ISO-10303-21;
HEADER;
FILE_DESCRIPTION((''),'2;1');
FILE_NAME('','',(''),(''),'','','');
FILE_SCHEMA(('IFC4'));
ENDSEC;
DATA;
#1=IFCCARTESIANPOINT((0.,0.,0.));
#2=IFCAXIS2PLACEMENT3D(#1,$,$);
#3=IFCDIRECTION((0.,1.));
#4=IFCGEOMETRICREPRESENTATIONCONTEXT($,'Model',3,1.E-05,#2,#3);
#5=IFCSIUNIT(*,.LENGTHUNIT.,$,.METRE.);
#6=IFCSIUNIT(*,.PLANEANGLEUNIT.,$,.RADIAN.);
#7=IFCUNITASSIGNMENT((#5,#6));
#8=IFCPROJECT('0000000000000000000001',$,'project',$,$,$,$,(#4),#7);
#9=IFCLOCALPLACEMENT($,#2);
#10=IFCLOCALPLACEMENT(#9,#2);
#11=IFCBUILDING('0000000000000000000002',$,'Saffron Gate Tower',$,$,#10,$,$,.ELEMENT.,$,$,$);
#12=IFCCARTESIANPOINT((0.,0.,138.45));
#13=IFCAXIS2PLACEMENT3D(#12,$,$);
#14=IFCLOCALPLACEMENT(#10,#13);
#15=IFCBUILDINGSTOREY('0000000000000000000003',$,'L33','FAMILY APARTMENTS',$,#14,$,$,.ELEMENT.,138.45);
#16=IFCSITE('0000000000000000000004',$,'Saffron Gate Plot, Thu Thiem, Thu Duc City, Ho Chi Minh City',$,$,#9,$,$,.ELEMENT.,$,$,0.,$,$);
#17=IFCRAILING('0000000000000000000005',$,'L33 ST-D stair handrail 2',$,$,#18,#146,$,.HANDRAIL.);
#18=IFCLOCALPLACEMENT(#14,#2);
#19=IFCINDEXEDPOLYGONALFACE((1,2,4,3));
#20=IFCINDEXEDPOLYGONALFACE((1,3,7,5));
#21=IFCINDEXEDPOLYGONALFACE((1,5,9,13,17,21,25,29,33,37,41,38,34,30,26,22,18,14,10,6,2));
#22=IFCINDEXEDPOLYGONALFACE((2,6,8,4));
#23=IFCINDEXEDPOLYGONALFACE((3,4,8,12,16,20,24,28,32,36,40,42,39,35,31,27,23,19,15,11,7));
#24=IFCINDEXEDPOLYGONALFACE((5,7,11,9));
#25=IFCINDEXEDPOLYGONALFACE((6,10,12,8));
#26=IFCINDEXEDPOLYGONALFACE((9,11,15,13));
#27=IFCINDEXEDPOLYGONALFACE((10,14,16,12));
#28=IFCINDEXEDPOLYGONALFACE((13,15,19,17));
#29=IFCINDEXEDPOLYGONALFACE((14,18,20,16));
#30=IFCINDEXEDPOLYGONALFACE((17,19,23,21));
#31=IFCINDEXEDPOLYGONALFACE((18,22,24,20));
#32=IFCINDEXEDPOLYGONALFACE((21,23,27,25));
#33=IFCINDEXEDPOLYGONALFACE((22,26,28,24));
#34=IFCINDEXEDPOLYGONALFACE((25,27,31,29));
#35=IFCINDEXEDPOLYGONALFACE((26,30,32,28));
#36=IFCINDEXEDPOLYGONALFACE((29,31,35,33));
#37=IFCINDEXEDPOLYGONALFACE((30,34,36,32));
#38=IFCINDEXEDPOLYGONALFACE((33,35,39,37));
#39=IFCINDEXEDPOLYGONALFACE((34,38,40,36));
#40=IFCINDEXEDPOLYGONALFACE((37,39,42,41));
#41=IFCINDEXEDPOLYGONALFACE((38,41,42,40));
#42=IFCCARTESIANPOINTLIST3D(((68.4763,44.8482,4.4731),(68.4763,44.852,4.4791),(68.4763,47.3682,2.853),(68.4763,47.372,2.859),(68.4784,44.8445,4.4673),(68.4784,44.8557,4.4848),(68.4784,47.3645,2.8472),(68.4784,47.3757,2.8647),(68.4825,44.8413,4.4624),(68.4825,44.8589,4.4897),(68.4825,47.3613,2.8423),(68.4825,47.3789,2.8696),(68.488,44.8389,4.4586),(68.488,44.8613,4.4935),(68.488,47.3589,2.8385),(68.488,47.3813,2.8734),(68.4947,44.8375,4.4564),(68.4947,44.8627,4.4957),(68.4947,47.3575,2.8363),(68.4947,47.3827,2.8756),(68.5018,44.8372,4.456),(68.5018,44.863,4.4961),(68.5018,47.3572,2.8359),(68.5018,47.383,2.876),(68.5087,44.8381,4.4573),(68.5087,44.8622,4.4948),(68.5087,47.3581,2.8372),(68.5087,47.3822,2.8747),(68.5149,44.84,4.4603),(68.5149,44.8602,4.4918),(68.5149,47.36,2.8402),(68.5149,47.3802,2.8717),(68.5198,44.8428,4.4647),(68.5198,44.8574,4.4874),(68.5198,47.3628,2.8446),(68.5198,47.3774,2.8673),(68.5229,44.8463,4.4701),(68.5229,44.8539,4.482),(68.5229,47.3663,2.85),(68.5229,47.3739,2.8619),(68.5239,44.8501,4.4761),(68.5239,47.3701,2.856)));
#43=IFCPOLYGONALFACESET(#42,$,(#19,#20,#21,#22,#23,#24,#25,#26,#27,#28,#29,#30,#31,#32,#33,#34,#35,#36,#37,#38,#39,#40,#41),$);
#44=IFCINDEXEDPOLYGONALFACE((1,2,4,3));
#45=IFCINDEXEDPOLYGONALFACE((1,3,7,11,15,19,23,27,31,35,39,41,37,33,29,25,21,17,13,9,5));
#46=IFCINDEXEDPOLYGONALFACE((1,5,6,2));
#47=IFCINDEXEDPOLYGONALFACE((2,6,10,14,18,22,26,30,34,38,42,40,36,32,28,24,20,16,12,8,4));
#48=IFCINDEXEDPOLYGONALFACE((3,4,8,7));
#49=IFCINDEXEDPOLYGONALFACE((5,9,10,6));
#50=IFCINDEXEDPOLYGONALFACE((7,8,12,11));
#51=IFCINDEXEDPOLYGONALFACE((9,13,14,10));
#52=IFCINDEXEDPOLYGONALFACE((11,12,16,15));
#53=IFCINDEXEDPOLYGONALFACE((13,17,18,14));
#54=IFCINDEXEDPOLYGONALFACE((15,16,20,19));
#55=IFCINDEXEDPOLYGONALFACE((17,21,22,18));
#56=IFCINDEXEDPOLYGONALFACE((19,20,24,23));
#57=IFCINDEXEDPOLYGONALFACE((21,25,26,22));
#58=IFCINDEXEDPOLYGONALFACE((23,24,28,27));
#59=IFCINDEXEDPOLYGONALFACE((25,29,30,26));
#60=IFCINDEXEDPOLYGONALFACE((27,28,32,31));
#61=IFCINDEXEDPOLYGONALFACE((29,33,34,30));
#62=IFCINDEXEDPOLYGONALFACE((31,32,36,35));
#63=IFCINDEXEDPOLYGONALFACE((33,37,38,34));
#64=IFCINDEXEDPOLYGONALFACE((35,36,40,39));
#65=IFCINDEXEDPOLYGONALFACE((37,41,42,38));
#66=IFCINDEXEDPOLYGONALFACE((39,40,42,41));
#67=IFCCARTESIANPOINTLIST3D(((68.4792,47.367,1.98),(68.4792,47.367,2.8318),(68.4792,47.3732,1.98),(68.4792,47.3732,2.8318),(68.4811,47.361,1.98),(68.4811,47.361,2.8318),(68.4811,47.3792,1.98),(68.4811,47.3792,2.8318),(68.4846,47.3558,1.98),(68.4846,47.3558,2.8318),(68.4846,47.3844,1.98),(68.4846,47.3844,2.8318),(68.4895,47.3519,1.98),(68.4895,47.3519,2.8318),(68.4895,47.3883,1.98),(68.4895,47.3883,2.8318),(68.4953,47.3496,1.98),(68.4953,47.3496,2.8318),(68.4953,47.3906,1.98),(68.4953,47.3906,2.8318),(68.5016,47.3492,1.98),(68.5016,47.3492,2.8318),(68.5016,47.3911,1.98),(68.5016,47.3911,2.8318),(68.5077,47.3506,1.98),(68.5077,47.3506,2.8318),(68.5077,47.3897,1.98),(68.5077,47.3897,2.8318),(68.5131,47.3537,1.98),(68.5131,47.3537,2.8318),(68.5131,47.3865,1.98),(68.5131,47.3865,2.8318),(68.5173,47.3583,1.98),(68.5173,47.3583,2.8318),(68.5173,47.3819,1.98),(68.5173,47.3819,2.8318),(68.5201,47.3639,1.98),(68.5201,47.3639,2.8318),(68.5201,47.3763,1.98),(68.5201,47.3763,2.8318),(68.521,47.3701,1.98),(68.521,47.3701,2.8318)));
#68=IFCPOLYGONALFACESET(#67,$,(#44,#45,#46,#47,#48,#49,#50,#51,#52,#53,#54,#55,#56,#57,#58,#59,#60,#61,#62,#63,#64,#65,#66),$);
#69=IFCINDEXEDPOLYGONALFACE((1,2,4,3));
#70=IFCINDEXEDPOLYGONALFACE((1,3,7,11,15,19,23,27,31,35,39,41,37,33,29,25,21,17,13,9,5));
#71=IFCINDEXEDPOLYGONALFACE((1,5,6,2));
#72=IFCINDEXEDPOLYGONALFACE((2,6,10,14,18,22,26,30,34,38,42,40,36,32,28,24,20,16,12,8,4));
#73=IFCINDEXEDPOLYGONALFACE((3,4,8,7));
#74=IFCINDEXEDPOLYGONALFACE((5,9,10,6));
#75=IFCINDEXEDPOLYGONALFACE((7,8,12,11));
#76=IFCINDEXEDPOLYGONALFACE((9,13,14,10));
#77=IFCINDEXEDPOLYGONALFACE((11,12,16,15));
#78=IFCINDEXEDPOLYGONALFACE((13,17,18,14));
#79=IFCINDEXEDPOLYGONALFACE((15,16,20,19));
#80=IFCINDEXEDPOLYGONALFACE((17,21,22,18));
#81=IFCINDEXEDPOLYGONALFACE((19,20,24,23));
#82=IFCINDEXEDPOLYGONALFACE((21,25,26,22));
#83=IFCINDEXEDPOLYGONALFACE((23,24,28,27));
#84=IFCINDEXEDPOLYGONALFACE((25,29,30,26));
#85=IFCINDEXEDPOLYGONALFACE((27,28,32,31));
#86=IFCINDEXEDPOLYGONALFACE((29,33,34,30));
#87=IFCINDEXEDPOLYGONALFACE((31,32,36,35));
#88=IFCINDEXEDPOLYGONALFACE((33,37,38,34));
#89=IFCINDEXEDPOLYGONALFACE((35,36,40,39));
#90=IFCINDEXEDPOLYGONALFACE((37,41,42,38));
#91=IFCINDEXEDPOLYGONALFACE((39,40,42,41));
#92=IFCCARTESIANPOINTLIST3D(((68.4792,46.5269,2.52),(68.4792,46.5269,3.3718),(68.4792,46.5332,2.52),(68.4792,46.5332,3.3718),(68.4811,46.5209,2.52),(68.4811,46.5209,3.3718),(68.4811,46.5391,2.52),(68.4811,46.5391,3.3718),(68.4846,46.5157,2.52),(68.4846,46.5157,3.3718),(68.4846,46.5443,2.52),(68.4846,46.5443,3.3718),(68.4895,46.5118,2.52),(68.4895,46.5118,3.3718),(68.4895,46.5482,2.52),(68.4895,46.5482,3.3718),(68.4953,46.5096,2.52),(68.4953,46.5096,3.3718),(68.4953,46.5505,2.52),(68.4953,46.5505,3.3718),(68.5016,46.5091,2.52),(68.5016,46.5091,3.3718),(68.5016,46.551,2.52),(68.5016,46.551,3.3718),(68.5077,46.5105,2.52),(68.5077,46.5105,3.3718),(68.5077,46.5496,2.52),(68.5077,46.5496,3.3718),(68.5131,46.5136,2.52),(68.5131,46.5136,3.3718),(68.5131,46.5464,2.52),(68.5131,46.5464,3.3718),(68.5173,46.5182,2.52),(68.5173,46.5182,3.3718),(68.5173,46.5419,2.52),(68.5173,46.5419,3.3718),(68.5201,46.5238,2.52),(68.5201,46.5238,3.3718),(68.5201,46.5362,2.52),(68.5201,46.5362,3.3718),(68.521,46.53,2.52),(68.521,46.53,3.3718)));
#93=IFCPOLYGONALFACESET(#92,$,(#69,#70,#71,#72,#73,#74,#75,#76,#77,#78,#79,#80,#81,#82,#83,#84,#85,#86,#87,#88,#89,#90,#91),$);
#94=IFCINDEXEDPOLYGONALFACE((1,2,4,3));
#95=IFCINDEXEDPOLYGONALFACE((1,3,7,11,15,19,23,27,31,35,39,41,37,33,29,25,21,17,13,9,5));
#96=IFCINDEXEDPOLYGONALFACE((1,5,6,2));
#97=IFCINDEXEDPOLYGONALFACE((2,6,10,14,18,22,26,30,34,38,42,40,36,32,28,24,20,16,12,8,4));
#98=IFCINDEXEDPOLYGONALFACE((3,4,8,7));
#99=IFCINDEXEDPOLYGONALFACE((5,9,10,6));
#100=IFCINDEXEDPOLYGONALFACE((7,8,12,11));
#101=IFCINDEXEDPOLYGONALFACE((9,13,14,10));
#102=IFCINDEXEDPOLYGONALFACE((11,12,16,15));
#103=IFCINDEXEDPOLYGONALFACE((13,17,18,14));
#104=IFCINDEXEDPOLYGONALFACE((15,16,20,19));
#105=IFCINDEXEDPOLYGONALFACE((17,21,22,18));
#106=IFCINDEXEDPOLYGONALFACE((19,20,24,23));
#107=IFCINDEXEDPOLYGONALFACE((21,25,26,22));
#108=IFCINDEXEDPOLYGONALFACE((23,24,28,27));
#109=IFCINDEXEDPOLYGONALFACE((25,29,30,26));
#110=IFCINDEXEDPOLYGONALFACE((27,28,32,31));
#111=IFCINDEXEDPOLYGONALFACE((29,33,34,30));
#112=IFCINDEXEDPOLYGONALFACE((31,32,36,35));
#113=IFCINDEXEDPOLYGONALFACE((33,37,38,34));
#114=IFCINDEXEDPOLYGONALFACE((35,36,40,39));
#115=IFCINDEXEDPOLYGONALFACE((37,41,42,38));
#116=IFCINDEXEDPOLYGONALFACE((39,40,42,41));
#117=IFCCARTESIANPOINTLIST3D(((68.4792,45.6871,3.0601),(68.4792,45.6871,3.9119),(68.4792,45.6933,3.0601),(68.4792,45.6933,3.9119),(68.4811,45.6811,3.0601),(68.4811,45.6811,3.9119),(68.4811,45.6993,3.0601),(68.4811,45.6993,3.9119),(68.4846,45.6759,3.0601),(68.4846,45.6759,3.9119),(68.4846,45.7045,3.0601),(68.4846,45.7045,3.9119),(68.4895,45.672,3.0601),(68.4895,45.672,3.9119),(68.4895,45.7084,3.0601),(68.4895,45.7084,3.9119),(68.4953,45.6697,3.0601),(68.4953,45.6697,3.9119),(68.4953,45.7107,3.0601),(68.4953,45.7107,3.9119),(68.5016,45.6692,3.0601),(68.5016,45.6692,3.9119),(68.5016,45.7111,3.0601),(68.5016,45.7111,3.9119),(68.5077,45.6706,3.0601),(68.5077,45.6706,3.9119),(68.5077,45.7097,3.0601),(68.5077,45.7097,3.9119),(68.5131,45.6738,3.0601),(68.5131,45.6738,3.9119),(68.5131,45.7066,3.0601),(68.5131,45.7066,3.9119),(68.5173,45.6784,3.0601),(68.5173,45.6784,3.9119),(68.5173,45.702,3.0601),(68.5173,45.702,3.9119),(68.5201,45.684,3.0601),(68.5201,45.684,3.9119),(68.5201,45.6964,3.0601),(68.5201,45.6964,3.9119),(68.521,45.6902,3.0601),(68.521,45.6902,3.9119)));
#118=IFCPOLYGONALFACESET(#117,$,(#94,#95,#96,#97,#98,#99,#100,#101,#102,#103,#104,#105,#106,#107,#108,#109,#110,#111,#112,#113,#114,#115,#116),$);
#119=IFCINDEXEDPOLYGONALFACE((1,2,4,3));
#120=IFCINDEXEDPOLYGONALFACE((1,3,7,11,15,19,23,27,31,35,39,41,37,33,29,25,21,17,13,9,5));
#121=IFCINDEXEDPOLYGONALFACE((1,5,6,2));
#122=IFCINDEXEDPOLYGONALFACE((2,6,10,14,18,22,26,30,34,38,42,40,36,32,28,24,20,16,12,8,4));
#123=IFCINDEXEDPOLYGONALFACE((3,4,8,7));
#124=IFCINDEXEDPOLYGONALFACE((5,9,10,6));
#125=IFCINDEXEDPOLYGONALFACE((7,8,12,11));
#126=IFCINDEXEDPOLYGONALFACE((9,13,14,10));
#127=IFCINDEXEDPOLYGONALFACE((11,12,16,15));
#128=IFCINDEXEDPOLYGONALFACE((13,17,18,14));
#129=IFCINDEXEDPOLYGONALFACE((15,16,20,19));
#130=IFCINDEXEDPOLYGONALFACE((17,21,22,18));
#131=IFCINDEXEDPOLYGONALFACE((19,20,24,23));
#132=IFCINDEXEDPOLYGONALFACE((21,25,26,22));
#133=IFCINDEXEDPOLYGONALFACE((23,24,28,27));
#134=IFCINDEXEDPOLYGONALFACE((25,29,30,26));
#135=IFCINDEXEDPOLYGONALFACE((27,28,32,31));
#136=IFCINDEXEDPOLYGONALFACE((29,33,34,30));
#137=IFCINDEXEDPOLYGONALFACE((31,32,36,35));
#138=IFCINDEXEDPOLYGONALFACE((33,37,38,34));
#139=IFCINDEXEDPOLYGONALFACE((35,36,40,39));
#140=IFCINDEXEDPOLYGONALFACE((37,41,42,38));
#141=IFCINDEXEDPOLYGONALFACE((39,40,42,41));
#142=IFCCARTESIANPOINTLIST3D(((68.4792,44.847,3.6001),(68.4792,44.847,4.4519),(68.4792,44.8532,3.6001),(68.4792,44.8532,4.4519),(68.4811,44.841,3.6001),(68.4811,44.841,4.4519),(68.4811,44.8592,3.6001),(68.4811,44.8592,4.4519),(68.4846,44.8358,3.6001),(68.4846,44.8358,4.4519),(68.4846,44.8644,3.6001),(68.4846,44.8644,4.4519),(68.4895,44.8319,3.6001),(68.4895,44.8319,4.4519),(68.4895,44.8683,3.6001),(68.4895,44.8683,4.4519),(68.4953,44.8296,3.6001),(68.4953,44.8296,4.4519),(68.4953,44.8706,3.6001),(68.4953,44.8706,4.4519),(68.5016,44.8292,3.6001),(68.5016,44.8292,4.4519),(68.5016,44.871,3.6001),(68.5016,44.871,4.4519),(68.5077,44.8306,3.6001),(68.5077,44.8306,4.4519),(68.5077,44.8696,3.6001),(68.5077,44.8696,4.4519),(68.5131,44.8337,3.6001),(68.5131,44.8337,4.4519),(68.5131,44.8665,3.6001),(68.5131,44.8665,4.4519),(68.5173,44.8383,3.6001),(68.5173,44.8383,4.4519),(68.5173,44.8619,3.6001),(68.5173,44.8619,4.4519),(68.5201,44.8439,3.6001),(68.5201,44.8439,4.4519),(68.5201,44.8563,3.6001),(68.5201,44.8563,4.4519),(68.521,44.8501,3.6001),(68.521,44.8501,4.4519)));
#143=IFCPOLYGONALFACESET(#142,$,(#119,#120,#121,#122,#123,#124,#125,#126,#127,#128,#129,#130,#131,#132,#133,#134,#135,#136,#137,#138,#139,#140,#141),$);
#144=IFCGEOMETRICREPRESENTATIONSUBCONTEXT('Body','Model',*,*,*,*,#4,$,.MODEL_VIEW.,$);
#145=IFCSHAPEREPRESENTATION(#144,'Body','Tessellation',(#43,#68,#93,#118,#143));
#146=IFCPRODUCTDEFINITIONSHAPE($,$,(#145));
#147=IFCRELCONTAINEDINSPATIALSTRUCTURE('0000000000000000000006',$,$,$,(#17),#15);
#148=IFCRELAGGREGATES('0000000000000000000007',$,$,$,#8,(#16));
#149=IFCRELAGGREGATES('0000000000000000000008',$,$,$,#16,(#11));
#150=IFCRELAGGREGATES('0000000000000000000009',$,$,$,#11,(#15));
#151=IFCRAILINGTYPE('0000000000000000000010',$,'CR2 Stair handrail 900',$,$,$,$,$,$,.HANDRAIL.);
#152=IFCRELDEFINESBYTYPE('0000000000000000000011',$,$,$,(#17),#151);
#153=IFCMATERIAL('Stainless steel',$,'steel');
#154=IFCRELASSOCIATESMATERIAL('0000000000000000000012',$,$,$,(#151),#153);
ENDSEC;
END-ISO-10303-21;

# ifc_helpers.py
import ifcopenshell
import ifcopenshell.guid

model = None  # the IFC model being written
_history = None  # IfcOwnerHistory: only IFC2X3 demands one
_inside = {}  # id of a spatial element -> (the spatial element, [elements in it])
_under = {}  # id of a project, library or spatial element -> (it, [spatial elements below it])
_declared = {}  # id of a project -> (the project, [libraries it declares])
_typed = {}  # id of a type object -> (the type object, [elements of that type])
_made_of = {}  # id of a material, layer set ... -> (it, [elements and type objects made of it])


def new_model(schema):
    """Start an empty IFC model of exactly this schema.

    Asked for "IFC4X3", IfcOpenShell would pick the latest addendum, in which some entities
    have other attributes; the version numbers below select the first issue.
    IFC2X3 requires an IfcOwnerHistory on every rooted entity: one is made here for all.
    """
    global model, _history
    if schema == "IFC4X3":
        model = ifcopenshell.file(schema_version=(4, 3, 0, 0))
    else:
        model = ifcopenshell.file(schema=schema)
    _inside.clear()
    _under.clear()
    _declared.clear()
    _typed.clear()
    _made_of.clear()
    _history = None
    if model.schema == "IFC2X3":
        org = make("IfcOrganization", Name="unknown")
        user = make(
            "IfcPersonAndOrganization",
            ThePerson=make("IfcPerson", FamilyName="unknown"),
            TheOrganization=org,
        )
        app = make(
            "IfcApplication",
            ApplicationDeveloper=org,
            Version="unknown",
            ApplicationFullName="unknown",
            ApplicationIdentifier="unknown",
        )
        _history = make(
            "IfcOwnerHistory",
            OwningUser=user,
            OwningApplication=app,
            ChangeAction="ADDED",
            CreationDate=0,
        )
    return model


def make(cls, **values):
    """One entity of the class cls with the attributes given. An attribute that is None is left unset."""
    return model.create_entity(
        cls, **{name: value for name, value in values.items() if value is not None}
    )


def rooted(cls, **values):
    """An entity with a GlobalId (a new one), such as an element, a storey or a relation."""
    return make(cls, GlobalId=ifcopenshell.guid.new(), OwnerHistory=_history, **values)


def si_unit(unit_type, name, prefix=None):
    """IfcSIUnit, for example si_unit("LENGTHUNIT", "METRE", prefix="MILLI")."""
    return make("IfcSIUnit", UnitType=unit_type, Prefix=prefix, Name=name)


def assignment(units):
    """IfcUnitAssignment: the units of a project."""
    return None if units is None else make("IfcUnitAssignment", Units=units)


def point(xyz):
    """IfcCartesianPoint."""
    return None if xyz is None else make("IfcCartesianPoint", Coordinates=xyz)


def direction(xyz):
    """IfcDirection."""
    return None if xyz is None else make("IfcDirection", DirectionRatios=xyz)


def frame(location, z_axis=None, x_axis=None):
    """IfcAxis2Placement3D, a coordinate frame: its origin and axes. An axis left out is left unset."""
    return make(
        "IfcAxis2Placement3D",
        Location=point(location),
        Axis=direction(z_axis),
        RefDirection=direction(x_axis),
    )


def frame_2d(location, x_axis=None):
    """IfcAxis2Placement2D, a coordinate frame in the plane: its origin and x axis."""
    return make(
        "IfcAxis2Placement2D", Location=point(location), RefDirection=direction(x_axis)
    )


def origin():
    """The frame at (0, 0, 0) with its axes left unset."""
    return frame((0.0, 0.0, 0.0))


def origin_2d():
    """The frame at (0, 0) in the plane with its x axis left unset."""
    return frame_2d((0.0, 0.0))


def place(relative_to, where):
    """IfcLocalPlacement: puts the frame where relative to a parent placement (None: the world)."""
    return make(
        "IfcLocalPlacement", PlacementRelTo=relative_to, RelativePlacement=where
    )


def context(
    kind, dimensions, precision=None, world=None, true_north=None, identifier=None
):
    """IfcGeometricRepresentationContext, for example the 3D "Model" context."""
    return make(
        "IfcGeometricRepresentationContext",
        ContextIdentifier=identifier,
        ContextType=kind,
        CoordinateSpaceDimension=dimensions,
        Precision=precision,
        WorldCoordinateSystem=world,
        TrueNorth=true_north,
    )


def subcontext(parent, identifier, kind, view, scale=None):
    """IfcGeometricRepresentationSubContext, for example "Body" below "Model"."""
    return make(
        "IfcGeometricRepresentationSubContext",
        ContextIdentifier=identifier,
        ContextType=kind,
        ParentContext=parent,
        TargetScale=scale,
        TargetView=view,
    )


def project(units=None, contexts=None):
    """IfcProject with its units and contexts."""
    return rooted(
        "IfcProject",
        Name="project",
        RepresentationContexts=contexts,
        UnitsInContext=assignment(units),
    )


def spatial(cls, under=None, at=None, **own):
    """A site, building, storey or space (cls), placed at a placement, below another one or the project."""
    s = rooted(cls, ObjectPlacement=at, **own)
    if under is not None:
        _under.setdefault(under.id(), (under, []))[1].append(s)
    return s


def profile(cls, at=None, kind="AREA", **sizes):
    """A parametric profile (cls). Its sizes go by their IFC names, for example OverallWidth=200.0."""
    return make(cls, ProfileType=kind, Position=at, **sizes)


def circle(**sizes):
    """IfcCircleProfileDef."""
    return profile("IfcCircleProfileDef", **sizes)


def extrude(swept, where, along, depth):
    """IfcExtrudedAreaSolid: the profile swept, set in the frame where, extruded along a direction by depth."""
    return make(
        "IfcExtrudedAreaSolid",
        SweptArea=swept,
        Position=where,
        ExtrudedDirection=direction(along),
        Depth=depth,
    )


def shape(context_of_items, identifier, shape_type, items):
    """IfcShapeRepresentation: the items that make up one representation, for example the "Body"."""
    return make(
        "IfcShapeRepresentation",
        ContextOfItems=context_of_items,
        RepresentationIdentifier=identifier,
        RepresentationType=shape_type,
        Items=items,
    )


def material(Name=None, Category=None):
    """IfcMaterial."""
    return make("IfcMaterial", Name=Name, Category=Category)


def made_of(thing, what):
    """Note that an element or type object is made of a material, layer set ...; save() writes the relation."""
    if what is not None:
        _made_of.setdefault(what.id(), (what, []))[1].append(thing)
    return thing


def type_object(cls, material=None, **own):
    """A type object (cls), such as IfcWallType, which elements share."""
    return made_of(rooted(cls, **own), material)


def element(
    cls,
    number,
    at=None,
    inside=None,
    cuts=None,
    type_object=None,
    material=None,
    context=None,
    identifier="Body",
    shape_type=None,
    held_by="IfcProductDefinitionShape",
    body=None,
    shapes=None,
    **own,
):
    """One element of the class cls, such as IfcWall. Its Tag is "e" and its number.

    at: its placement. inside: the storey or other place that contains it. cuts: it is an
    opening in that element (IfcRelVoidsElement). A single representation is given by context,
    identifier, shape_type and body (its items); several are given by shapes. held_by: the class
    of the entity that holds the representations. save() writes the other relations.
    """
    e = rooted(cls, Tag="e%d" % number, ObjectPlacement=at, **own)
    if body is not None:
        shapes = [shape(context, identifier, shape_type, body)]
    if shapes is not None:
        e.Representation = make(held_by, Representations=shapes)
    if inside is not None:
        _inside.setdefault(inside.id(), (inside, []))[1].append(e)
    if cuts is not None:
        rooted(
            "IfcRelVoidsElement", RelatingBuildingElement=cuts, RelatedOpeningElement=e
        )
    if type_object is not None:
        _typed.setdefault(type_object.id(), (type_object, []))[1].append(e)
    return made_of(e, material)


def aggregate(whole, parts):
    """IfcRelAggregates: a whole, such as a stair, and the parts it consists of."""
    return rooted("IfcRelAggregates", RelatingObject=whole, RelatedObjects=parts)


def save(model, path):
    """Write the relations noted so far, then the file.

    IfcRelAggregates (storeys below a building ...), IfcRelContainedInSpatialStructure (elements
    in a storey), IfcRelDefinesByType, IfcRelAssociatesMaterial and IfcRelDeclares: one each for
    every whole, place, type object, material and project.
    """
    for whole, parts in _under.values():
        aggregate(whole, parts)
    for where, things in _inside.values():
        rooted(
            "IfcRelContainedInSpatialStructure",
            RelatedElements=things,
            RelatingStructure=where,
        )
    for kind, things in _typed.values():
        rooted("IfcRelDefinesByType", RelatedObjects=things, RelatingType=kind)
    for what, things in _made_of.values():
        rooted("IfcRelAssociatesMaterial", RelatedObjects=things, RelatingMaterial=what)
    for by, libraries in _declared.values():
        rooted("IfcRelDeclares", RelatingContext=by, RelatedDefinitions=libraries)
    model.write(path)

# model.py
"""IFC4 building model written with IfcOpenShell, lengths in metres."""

from ifc_helpers import new_model, si_unit, direction, frame, origin, origin_2d, place, context, subcontext, project, spatial, circle, extrude, material, type_object, element, save


model = new_model("IFC4")

# Units and contexts
model_context = context("Model", 3, precision=1e-05, world=origin(), true_north=direction((0.0, 1.0)))
body_context = subcontext(model_context, "Body", "Model", "MODEL_VIEW")
ifc_project = project(units=[si_unit("LENGTHUNIT", "METRE"), si_unit("PLANEANGLEUNIT", "RADIAN")], contexts=[model_context])

# Site, building, storey
site_placement = place(None, origin())
site = spatial("IfcSite", under=ifc_project, at=site_placement, Name="Saffron Gate Plot, Thu Thiem, Thu Duc City, Ho Chi Minh City", CompositionType="ELEMENT", RefElevation=0.0)
building_placement = place(site_placement, origin())
building = spatial("IfcBuilding", under=site, at=building_placement, Name="Saffron Gate Tower", CompositionType="ELEMENT")
storey_placement = place(building_placement, frame((0.0, 0.0, 138.45)))
storey = spatial("IfcBuildingStorey", under=building, at=storey_placement, Name="L33", Description="FAMILY APARTMENTS", CompositionType="ELEMENT", Elevation=138.45)

# Railing
ifc_material_1 = material(Name="Stainless steel", Category="steel")
railing_type_1 = type_object("IfcRailingType", Name="CR2 Stair handrail 900", PredefinedType="HANDRAIL", material=ifc_material_1)
railing_1_placement = place(storey_placement, frame((68.5, 47.3701, 1.98)))
element("IfcRailing", 1, at=railing_1_placement, inside=storey, type_object=railing_type_1, Name="L33 ST-D stair handrail 2", PredefinedType="HANDRAIL", context=body_context, shape_type="SweptSolid", body=[
    extrude(circle(Radius=0.0239, at=origin_2d()), frame((0.0, 0.0, 0.876), z_axis=(0.0, -0.841163, 0.540782), x_axis=(1.0, 0.0, 0.0)), (0.0, 0.0, 1.0), 2.9958),
    extrude(circle(Radius=0.021, at=origin_2d()), origin(), (0.0, 0.0, 1.0), 0.8518),
    extrude(circle(Radius=0.021, at=origin_2d()), frame((0.0, -0.8401, 0.54)), (0.0, 0.0, 1.0), 0.8518),
    extrude(circle(Radius=0.021, at=origin_2d()), frame((0.0, -1.6799, 1.0801)), (0.0, 0.0, 1.0), 0.8518),
    extrude(circle(Radius=0.021, at=origin_2d()), frame((0.0, -2.52, 1.6201)), (0.0, 0.0, 1.0), 0.8518),
])

save(model, "model.ifc")
